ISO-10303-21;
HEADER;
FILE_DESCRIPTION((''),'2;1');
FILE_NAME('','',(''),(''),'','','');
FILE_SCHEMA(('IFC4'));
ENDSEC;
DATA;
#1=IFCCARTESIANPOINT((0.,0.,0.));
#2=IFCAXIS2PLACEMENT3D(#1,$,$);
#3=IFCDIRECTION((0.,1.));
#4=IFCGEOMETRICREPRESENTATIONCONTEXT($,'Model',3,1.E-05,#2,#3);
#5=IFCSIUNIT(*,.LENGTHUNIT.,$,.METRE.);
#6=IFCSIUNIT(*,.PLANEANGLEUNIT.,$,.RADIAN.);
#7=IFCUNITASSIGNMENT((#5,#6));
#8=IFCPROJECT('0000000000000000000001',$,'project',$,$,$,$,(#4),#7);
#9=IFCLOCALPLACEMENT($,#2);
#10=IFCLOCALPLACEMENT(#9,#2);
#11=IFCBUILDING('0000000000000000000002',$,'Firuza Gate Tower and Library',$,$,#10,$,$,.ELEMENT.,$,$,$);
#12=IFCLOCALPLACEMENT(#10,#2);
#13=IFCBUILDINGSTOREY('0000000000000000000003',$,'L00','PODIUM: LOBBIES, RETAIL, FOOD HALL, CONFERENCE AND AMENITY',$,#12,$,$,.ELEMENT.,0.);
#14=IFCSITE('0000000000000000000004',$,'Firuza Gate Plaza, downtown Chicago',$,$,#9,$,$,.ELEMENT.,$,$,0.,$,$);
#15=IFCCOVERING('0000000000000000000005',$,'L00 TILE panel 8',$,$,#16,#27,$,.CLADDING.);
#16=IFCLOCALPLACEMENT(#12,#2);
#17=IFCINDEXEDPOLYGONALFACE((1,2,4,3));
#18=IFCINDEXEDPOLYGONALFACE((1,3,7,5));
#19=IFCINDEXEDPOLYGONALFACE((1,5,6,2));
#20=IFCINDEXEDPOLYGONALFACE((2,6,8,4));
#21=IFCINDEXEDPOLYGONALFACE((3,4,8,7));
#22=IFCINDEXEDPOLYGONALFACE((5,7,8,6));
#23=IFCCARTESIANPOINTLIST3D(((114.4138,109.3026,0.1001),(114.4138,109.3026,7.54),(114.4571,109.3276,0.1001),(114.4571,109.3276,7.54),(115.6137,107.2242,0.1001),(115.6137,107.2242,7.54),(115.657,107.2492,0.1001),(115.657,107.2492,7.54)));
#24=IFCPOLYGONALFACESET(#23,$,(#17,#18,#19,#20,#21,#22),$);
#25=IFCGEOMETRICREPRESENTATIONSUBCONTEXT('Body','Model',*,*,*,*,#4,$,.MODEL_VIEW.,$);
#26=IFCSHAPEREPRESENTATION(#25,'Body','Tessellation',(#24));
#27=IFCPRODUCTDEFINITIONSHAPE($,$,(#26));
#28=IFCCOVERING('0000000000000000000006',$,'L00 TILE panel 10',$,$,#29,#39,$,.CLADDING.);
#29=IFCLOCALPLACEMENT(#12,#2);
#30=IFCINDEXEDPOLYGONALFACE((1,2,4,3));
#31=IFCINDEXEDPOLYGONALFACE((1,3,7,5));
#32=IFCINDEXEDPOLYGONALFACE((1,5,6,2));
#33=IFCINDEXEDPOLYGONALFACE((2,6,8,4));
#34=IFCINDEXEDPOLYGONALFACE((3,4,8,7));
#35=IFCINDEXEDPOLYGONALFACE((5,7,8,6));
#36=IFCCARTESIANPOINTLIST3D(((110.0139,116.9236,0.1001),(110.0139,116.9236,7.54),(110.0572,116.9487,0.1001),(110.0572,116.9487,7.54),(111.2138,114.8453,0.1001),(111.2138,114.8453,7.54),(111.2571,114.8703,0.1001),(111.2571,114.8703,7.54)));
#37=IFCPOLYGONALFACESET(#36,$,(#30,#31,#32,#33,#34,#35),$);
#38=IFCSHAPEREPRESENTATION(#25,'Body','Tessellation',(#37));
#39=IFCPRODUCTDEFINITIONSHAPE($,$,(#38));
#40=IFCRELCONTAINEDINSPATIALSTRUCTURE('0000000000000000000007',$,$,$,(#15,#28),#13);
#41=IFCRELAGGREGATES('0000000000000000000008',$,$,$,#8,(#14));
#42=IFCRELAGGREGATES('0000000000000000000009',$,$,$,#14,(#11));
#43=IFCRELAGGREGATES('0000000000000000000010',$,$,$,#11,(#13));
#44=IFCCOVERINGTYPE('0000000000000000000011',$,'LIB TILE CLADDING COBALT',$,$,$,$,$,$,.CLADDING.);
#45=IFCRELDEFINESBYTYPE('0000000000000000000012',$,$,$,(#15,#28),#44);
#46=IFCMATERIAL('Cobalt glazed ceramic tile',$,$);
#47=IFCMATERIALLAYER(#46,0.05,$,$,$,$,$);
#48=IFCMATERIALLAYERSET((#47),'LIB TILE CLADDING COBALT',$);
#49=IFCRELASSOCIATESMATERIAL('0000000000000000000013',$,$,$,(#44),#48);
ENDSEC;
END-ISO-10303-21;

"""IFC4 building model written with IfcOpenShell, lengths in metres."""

from ifc_helpers import new_model, si_unit, direction, frame, origin, origin_2d, place, context, subcontext, project, spatial, rectangle, extrude, material, layer, layer_set, type_object, element, save


model = new_model("IFC4")

# Units and contexts
model_context = context("Model", 3, precision=1e-05, world=origin(), true_north=direction((0.0, 1.0)))
body_context = subcontext(model_context, "Body", "Model", "MODEL_VIEW")
ifc_project = project(units=[si_unit("LENGTHUNIT", "METRE"), si_unit("PLANEANGLEUNIT", "RADIAN")], contexts=[model_context])

# Site, building, storey
site_placement = place(None, origin())
site = spatial("IfcSite", under=ifc_project, at=site_placement, Name="Firuza Gate Plaza, downtown Chicago", CompositionType="ELEMENT", RefElevation=0.0)
building_placement = place(site_placement, origin())
building = spatial("IfcBuilding", under=site, at=building_placement, Name="Firuza Gate Tower and Library", CompositionType="ELEMENT")
storey_placement = place(building_placement, origin())
storey = spatial("IfcBuildingStorey", under=building, at=storey_placement, Name="L00", Description="PODIUM: LOBBIES, RETAIL, FOOD HALL, CONFERENCE AND AMENITY", CompositionType="ELEMENT", Elevation=0.0)

# Coverings
ifc_material_1 = material(Name="Cobalt glazed ceramic tile")
ifc_layer_1 = layer(ifc_material_1, 0.05)
ifc_layer_set_1 = layer_set([ifc_layer_1], Name="LIB TILE CLADDING COBALT")
covering_type_1 = type_object("IfcCoveringType", Name="LIB TILE CLADDING COBALT", PredefinedType="CLADDING", material=ifc_layer_set_1)
for number, where, z_axis, x_axis, name in (
    (1, (115.0354, 108.2759, 0.1001), (0.0, 0.0, 1.0), (-0.5, 0.866025, 0.0), "L00 TILE panel 8"),
    (2, (110.6355, 115.897, 0.1001), (0.0, 0.0, 1.0), (-0.5, 0.866025, 0.0), "L00 TILE panel 10"),
):
    element("IfcCovering", number, at=place(storey_placement, frame(where, z_axis=z_axis, x_axis=x_axis)), inside=storey, type_object=covering_type_1, Name=name, PredefinedType="CLADDING", context=body_context, shape_type="SweptSolid", body=[
        extrude(rectangle(XDim=2.3999, YDim=0.05, at=origin_2d()), origin(), (0.0, 0.0, 1.0), 7.4399),
    ])

save(model, "model.ifc")
